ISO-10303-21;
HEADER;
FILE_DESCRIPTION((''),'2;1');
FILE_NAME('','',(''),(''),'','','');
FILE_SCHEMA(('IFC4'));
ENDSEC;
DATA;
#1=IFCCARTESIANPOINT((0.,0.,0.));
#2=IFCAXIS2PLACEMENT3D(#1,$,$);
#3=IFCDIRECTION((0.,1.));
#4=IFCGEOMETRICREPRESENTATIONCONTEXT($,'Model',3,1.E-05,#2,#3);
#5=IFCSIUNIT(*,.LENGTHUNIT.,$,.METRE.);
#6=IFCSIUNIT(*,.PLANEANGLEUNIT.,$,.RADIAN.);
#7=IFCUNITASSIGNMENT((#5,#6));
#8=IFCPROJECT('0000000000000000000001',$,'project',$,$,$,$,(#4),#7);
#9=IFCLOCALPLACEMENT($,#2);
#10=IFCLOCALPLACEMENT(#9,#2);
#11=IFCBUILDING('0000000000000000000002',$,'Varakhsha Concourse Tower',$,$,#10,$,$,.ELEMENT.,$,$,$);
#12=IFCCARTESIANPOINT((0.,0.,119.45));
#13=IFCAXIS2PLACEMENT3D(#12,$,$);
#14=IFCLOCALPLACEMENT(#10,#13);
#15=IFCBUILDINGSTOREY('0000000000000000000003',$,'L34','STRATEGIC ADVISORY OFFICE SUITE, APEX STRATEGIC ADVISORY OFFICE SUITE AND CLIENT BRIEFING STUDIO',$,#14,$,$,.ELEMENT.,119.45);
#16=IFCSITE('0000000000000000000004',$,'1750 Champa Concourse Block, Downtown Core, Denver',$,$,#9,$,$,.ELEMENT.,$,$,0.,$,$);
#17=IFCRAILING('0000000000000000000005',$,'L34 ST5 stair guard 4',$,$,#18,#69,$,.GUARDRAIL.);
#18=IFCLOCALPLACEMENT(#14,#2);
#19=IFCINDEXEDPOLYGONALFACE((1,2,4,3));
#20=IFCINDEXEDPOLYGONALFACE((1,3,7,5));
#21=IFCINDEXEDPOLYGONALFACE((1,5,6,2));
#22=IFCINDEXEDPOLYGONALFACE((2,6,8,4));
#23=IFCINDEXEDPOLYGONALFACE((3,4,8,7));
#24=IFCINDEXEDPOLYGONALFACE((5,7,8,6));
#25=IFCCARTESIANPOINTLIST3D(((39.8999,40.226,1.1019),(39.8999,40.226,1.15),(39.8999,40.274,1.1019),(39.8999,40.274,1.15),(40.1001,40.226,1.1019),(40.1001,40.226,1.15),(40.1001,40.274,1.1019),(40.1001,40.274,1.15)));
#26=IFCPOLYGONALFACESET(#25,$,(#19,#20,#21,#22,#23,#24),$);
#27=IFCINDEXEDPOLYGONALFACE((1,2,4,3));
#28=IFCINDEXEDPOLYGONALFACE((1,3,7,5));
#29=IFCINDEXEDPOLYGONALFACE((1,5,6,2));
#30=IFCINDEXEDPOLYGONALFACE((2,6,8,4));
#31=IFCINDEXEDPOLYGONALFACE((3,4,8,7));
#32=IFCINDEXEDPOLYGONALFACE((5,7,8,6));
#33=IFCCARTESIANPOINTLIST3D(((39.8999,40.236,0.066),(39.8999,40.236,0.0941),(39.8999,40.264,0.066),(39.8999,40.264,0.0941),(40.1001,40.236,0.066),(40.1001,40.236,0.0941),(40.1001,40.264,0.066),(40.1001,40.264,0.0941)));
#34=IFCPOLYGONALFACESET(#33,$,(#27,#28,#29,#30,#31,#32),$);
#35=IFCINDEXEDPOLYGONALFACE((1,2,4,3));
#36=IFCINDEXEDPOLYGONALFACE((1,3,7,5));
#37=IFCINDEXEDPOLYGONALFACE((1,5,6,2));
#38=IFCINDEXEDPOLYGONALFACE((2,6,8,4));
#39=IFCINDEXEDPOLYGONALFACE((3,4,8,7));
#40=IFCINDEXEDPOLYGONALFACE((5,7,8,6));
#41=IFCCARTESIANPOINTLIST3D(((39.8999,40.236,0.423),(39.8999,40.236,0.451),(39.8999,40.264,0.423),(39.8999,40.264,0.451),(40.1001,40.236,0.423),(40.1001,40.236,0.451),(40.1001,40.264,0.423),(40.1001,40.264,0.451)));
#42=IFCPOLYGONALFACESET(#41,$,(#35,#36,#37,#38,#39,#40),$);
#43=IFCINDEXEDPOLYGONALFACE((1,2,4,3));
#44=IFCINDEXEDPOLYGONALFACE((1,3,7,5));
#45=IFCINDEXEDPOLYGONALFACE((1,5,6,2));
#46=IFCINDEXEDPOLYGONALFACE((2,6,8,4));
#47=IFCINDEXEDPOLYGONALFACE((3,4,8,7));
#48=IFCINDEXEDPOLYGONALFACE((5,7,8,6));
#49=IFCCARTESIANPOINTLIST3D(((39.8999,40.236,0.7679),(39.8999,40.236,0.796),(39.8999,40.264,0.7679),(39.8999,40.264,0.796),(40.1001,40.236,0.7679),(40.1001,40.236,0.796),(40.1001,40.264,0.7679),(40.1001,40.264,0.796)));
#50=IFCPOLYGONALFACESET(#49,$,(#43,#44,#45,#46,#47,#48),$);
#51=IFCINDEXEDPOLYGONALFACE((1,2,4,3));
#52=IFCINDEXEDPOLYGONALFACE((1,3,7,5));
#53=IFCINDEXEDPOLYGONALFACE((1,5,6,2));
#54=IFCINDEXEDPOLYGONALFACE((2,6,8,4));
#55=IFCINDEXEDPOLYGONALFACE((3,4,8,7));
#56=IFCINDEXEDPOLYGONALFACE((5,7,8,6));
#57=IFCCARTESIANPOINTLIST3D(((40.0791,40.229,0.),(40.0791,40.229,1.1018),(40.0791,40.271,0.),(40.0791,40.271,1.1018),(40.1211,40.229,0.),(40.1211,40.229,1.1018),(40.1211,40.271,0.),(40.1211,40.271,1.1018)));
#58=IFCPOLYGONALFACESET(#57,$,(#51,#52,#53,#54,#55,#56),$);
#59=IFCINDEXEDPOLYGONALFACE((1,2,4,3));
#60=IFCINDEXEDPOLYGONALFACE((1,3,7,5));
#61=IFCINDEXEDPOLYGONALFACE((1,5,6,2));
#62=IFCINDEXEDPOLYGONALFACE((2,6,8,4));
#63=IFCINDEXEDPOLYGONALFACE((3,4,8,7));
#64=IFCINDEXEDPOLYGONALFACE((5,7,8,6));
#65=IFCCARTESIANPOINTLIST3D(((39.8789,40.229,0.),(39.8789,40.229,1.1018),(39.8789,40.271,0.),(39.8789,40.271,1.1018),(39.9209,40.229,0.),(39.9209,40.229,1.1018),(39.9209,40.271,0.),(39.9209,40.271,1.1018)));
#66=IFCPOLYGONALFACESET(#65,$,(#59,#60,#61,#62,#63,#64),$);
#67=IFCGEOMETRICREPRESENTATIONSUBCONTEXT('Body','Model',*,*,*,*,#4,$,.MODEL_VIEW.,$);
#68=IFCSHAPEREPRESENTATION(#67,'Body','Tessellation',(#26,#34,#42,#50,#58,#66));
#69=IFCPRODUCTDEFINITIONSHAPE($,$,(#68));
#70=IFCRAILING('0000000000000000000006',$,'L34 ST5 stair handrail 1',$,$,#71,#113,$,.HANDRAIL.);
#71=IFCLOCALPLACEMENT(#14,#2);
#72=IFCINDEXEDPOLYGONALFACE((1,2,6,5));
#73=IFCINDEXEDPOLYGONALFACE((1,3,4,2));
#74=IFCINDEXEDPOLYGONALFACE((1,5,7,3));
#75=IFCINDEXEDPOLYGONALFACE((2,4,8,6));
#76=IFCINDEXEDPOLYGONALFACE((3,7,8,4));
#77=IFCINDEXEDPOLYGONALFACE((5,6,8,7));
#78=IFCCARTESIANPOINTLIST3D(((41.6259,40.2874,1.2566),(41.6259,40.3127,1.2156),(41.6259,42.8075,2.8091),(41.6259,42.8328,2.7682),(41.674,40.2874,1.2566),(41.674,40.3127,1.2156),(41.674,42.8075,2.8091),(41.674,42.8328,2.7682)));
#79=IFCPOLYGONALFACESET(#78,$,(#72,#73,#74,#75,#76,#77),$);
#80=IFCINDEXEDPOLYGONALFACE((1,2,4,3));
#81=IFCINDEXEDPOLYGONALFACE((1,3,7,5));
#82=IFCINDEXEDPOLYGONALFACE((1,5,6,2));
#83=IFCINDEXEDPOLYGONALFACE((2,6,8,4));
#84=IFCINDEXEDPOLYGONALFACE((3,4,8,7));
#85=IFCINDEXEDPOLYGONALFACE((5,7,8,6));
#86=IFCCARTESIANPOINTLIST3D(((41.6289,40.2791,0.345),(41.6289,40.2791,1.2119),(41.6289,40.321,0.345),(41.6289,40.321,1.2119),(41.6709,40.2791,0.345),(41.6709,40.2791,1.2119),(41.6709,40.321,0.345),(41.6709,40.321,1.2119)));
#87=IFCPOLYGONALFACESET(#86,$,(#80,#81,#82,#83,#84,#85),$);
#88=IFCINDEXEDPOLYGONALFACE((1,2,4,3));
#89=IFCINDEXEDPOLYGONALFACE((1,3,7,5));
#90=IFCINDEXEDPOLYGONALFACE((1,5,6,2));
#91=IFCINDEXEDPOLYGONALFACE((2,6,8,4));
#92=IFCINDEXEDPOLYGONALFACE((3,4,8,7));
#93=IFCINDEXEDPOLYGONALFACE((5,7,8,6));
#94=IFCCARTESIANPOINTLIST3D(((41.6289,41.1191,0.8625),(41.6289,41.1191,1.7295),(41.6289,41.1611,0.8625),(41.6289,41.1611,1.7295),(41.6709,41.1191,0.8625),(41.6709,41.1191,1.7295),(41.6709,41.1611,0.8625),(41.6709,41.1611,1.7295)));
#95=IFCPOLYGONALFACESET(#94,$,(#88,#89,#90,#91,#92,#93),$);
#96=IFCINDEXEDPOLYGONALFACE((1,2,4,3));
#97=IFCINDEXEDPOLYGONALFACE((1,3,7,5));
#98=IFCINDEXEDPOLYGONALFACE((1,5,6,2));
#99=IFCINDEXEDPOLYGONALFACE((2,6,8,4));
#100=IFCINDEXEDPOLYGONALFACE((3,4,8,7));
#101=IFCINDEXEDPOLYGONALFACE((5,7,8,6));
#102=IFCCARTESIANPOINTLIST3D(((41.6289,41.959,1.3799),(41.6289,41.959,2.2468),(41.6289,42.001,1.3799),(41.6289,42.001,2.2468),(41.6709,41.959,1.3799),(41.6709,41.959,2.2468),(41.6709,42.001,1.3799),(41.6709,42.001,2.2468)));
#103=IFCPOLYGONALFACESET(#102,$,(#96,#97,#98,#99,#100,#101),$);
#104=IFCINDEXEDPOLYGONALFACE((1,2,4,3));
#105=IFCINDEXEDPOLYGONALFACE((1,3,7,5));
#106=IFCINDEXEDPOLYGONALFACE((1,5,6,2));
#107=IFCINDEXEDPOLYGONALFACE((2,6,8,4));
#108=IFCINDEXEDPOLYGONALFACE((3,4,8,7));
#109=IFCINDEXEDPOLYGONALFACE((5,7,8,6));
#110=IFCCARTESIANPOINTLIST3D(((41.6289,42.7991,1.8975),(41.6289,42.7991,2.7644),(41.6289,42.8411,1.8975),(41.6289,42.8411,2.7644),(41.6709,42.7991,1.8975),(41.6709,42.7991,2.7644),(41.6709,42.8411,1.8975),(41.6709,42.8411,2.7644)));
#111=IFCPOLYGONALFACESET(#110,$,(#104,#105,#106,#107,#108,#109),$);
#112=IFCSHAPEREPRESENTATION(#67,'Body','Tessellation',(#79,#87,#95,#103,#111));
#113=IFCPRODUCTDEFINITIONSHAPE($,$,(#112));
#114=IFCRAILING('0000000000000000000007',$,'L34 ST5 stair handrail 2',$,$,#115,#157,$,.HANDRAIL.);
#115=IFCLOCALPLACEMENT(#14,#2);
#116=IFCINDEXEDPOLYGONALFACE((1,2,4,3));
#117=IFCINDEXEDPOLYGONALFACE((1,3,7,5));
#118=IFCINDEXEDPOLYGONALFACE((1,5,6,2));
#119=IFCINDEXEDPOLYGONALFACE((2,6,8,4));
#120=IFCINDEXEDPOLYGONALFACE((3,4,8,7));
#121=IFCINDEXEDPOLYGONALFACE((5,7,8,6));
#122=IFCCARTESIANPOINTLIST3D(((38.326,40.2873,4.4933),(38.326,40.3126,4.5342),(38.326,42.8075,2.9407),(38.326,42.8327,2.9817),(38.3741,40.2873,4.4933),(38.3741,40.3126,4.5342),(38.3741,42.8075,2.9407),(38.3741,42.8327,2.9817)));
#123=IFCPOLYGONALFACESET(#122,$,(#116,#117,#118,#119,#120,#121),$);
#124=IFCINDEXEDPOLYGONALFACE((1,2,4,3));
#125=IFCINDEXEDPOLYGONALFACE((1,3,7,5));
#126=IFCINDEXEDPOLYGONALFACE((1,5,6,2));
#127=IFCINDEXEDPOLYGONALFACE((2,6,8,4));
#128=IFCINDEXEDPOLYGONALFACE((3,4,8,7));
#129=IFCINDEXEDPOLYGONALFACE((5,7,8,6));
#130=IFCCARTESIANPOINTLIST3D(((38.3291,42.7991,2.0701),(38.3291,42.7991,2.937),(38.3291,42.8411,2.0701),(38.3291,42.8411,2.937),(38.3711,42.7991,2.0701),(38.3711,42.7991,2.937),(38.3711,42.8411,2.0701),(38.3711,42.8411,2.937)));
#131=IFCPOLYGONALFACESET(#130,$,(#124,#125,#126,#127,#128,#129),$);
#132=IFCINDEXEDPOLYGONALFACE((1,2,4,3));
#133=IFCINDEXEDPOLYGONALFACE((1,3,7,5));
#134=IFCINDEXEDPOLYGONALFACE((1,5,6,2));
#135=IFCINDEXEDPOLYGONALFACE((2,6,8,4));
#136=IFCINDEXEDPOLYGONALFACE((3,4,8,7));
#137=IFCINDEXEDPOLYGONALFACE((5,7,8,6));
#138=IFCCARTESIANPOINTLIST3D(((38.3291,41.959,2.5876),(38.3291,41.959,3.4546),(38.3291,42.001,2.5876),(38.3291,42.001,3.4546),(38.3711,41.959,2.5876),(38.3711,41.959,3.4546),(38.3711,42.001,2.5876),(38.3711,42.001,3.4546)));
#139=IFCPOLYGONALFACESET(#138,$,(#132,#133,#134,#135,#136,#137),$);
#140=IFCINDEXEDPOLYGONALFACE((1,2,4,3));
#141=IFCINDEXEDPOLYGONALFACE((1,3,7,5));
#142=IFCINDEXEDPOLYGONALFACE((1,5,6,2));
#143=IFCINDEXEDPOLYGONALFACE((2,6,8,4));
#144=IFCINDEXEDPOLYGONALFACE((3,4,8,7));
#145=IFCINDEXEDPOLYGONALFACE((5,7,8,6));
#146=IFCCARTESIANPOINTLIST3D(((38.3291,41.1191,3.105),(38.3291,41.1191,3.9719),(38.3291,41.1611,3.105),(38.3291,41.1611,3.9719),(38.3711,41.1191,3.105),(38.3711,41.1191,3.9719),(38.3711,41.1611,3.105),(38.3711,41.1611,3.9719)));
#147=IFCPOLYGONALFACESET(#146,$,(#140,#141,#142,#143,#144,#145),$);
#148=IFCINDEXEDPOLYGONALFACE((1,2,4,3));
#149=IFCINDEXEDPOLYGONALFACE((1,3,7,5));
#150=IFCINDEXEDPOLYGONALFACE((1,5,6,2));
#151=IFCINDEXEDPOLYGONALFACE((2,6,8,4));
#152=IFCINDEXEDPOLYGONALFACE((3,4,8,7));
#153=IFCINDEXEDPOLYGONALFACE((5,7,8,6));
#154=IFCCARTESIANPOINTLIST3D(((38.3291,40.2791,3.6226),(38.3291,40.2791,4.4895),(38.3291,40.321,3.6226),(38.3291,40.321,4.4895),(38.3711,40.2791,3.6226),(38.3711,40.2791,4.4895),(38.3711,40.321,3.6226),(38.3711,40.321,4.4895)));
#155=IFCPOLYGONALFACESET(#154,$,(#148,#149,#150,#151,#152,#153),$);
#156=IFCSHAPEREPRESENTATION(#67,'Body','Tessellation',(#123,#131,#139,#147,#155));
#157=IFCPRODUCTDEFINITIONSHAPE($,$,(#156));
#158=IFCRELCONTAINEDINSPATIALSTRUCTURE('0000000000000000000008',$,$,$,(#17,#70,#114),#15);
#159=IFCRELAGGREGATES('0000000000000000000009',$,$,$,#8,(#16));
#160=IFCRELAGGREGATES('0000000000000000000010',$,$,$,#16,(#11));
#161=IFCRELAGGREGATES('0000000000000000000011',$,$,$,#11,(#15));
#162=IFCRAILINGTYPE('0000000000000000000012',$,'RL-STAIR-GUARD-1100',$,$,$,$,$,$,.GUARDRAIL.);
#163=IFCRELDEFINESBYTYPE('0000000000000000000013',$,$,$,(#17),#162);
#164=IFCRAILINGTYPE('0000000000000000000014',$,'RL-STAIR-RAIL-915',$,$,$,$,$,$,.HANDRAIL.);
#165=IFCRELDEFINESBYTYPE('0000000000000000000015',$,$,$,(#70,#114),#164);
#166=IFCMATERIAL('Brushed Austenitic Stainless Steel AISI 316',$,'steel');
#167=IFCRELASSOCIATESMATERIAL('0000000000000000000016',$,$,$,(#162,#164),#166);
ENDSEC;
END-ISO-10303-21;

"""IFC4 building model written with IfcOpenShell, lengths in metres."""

from ifc_helpers import new_model, si_unit, direction, frame, origin, origin_2d, place, context, subcontext, project, spatial, rectangle, extrude, material, type_object, element, save


model = new_model("IFC4")

# Units and contexts
model_context = context("Model", 3, precision=1e-05, world=origin(), true_north=direction((0.0, 1.0)))
body_context = subcontext(model_context, "Body", "Model", "MODEL_VIEW")
ifc_project = project(units=[si_unit("LENGTHUNIT", "METRE"), si_unit("PLANEANGLEUNIT", "RADIAN")], contexts=[model_context])

# Site, building, storey
site_placement = place(None, origin())
site = spatial("IfcSite", under=ifc_project, at=site_placement, Name="1750 Champa Concourse Block, Downtown Core, Denver", CompositionType="ELEMENT", RefElevation=0.0)
building_placement = place(site_placement, origin())
building = spatial("IfcBuilding", under=site, at=building_placement, Name="Varakhsha Concourse Tower", CompositionType="ELEMENT")
storey_placement = place(building_placement, frame((0.0, 0.0, 119.45)))
storey = spatial("IfcBuildingStorey", under=building, at=storey_placement, Name="L34", Description="STRATEGIC ADVISORY OFFICE SUITE, APEX STRATEGIC ADVISORY OFFICE SUITE AND CLIENT BRIEFING STUDIO", CompositionType="ELEMENT", Elevation=119.45)

# Railings
ifc_material_1 = material(Name="Brushed Austenitic Stainless Steel AISI 316", Category="steel")
railing_type_1 = type_object("IfcRailingType", Name="RL-STAIR-GUARD-1100", PredefinedType="GUARDRAIL", material=ifc_material_1)
railing_1_placement = place(storey_placement, frame((40.1001, 40.25, 0.0)))
element("IfcRailing", 1, at=railing_1_placement, inside=storey, type_object=railing_type_1, Name="L34 ST5 stair guard 4", PredefinedType="GUARDRAIL", context=body_context, shape_type="SweptSolid", body=[
    extrude(rectangle(XDim=0.0481, YDim=0.0481, at=origin_2d()), frame((0.0, 0.0, 1.126), z_axis=(-1.0, 0.0, 0.0), x_axis=(0.0, -1.0, 0.0)), (0.0, 0.0, 1.0), 0.2002),
    extrude(rectangle(XDim=0.0281, YDim=0.0281, at=origin_2d()), frame((0.0, 0.0, 0.0801), z_axis=(-1.0, 0.0, 0.0), x_axis=(0.0, -1.0, 0.0)), (0.0, 0.0, 1.0), 0.2002),
    extrude(rectangle(XDim=0.0281, YDim=0.0281, at=origin_2d()), frame((0.0, 0.0, 0.437), z_axis=(-1.0, 0.0, 0.0), x_axis=(0.0, -1.0, 0.0)), (0.0, 0.0, 1.0), 0.2002),
    extrude(rectangle(XDim=0.0281, YDim=0.0281, at=origin_2d()), frame((0.0, 0.0, 0.782), z_axis=(-1.0, 0.0, 0.0), x_axis=(0.0, -1.0, 0.0)), (0.0, 0.0, 1.0), 0.2002),
    extrude(rectangle(XDim=0.042, YDim=0.042, at=origin_2d()), origin(), (0.0, 0.0, 1.0), 1.1018),
    extrude(rectangle(XDim=0.042, YDim=0.042, at=origin_2d()), frame((-0.2002, 0.0, 0.0)), (0.0, 0.0, 1.0), 1.1018),
])
railing_type_2 = type_object("IfcRailingType", Name="RL-STAIR-RAIL-915", PredefinedType="HANDRAIL", material=ifc_material_1)
railing_2_placement = place(storey_placement, frame((41.6499, 40.3, 0.345)))
element("IfcRailing", 2, at=railing_2_placement, inside=storey, type_object=railing_type_2, Name="L34 ST5 stair handrail 1", PredefinedType="HANDRAIL", context=body_context, shape_type="SweptSolid", body=[
    extrude(rectangle(XDim=0.0481, YDim=0.0481, at=origin_2d()), frame((0.0, 0.0, 0.8911), z_axis=(0.0, 0.8514, 0.524516), x_axis=(-1.0, 0.0, 0.0)), (0.0, 0.0, 1.0), 2.96),
    extrude(rectangle(XDim=0.042, YDim=0.042, at=origin_2d()), origin(), (0.0, 0.0, 1.0), 0.8669),
    extrude(rectangle(XDim=0.042, YDim=0.042, at=origin_2d()), frame((0.0, 0.8401, 0.5176)), (0.0, 0.0, 1.0), 0.8669),
    extrude(rectangle(XDim=0.042, YDim=0.042, at=origin_2d()), frame((0.0, 1.6799, 1.0349)), (0.0, 0.0, 1.0), 0.8669),
    extrude(rectangle(XDim=0.042, YDim=0.042, at=origin_2d()), frame((0.0, 2.52, 1.5525)), (0.0, 0.0, 1.0), 0.8669),
])
railing_3_placement = place(storey_placement, frame((38.3501, 42.8201, 2.0701)))
element("IfcRailing", 3, at=railing_3_placement, inside=storey, type_object=railing_type_2, Name="L34 ST5 stair handrail 2", PredefinedType="HANDRAIL", context=body_context, shape_type="SweptSolid", body=[
    extrude(rectangle(XDim=0.0481, YDim=0.0481, at=origin_2d()), frame((0.0, 0.0, 0.8911), z_axis=(0.0, -0.8514, 0.524516), x_axis=(1.0, 0.0, 0.0)), (0.0, 0.0, 1.0), 2.96),
    extrude(rectangle(XDim=0.042, YDim=0.042, at=origin_2d()), origin(), (0.0, 0.0, 1.0), 0.8669),
    extrude(rectangle(XDim=0.042, YDim=0.042, at=origin_2d()), frame((0.0, -0.8401, 0.5176)), (0.0, 0.0, 1.0), 0.8669),
    extrude(rectangle(XDim=0.042, YDim=0.042, at=origin_2d()), frame((0.0, -1.6799, 1.0349)), (0.0, 0.0, 1.0), 0.8669),
    extrude(rectangle(XDim=0.042, YDim=0.042, at=origin_2d()), frame((0.0, -2.52, 1.5525)), (0.0, 0.0, 1.0), 0.8669),
])

save(model, "model.ifc")
